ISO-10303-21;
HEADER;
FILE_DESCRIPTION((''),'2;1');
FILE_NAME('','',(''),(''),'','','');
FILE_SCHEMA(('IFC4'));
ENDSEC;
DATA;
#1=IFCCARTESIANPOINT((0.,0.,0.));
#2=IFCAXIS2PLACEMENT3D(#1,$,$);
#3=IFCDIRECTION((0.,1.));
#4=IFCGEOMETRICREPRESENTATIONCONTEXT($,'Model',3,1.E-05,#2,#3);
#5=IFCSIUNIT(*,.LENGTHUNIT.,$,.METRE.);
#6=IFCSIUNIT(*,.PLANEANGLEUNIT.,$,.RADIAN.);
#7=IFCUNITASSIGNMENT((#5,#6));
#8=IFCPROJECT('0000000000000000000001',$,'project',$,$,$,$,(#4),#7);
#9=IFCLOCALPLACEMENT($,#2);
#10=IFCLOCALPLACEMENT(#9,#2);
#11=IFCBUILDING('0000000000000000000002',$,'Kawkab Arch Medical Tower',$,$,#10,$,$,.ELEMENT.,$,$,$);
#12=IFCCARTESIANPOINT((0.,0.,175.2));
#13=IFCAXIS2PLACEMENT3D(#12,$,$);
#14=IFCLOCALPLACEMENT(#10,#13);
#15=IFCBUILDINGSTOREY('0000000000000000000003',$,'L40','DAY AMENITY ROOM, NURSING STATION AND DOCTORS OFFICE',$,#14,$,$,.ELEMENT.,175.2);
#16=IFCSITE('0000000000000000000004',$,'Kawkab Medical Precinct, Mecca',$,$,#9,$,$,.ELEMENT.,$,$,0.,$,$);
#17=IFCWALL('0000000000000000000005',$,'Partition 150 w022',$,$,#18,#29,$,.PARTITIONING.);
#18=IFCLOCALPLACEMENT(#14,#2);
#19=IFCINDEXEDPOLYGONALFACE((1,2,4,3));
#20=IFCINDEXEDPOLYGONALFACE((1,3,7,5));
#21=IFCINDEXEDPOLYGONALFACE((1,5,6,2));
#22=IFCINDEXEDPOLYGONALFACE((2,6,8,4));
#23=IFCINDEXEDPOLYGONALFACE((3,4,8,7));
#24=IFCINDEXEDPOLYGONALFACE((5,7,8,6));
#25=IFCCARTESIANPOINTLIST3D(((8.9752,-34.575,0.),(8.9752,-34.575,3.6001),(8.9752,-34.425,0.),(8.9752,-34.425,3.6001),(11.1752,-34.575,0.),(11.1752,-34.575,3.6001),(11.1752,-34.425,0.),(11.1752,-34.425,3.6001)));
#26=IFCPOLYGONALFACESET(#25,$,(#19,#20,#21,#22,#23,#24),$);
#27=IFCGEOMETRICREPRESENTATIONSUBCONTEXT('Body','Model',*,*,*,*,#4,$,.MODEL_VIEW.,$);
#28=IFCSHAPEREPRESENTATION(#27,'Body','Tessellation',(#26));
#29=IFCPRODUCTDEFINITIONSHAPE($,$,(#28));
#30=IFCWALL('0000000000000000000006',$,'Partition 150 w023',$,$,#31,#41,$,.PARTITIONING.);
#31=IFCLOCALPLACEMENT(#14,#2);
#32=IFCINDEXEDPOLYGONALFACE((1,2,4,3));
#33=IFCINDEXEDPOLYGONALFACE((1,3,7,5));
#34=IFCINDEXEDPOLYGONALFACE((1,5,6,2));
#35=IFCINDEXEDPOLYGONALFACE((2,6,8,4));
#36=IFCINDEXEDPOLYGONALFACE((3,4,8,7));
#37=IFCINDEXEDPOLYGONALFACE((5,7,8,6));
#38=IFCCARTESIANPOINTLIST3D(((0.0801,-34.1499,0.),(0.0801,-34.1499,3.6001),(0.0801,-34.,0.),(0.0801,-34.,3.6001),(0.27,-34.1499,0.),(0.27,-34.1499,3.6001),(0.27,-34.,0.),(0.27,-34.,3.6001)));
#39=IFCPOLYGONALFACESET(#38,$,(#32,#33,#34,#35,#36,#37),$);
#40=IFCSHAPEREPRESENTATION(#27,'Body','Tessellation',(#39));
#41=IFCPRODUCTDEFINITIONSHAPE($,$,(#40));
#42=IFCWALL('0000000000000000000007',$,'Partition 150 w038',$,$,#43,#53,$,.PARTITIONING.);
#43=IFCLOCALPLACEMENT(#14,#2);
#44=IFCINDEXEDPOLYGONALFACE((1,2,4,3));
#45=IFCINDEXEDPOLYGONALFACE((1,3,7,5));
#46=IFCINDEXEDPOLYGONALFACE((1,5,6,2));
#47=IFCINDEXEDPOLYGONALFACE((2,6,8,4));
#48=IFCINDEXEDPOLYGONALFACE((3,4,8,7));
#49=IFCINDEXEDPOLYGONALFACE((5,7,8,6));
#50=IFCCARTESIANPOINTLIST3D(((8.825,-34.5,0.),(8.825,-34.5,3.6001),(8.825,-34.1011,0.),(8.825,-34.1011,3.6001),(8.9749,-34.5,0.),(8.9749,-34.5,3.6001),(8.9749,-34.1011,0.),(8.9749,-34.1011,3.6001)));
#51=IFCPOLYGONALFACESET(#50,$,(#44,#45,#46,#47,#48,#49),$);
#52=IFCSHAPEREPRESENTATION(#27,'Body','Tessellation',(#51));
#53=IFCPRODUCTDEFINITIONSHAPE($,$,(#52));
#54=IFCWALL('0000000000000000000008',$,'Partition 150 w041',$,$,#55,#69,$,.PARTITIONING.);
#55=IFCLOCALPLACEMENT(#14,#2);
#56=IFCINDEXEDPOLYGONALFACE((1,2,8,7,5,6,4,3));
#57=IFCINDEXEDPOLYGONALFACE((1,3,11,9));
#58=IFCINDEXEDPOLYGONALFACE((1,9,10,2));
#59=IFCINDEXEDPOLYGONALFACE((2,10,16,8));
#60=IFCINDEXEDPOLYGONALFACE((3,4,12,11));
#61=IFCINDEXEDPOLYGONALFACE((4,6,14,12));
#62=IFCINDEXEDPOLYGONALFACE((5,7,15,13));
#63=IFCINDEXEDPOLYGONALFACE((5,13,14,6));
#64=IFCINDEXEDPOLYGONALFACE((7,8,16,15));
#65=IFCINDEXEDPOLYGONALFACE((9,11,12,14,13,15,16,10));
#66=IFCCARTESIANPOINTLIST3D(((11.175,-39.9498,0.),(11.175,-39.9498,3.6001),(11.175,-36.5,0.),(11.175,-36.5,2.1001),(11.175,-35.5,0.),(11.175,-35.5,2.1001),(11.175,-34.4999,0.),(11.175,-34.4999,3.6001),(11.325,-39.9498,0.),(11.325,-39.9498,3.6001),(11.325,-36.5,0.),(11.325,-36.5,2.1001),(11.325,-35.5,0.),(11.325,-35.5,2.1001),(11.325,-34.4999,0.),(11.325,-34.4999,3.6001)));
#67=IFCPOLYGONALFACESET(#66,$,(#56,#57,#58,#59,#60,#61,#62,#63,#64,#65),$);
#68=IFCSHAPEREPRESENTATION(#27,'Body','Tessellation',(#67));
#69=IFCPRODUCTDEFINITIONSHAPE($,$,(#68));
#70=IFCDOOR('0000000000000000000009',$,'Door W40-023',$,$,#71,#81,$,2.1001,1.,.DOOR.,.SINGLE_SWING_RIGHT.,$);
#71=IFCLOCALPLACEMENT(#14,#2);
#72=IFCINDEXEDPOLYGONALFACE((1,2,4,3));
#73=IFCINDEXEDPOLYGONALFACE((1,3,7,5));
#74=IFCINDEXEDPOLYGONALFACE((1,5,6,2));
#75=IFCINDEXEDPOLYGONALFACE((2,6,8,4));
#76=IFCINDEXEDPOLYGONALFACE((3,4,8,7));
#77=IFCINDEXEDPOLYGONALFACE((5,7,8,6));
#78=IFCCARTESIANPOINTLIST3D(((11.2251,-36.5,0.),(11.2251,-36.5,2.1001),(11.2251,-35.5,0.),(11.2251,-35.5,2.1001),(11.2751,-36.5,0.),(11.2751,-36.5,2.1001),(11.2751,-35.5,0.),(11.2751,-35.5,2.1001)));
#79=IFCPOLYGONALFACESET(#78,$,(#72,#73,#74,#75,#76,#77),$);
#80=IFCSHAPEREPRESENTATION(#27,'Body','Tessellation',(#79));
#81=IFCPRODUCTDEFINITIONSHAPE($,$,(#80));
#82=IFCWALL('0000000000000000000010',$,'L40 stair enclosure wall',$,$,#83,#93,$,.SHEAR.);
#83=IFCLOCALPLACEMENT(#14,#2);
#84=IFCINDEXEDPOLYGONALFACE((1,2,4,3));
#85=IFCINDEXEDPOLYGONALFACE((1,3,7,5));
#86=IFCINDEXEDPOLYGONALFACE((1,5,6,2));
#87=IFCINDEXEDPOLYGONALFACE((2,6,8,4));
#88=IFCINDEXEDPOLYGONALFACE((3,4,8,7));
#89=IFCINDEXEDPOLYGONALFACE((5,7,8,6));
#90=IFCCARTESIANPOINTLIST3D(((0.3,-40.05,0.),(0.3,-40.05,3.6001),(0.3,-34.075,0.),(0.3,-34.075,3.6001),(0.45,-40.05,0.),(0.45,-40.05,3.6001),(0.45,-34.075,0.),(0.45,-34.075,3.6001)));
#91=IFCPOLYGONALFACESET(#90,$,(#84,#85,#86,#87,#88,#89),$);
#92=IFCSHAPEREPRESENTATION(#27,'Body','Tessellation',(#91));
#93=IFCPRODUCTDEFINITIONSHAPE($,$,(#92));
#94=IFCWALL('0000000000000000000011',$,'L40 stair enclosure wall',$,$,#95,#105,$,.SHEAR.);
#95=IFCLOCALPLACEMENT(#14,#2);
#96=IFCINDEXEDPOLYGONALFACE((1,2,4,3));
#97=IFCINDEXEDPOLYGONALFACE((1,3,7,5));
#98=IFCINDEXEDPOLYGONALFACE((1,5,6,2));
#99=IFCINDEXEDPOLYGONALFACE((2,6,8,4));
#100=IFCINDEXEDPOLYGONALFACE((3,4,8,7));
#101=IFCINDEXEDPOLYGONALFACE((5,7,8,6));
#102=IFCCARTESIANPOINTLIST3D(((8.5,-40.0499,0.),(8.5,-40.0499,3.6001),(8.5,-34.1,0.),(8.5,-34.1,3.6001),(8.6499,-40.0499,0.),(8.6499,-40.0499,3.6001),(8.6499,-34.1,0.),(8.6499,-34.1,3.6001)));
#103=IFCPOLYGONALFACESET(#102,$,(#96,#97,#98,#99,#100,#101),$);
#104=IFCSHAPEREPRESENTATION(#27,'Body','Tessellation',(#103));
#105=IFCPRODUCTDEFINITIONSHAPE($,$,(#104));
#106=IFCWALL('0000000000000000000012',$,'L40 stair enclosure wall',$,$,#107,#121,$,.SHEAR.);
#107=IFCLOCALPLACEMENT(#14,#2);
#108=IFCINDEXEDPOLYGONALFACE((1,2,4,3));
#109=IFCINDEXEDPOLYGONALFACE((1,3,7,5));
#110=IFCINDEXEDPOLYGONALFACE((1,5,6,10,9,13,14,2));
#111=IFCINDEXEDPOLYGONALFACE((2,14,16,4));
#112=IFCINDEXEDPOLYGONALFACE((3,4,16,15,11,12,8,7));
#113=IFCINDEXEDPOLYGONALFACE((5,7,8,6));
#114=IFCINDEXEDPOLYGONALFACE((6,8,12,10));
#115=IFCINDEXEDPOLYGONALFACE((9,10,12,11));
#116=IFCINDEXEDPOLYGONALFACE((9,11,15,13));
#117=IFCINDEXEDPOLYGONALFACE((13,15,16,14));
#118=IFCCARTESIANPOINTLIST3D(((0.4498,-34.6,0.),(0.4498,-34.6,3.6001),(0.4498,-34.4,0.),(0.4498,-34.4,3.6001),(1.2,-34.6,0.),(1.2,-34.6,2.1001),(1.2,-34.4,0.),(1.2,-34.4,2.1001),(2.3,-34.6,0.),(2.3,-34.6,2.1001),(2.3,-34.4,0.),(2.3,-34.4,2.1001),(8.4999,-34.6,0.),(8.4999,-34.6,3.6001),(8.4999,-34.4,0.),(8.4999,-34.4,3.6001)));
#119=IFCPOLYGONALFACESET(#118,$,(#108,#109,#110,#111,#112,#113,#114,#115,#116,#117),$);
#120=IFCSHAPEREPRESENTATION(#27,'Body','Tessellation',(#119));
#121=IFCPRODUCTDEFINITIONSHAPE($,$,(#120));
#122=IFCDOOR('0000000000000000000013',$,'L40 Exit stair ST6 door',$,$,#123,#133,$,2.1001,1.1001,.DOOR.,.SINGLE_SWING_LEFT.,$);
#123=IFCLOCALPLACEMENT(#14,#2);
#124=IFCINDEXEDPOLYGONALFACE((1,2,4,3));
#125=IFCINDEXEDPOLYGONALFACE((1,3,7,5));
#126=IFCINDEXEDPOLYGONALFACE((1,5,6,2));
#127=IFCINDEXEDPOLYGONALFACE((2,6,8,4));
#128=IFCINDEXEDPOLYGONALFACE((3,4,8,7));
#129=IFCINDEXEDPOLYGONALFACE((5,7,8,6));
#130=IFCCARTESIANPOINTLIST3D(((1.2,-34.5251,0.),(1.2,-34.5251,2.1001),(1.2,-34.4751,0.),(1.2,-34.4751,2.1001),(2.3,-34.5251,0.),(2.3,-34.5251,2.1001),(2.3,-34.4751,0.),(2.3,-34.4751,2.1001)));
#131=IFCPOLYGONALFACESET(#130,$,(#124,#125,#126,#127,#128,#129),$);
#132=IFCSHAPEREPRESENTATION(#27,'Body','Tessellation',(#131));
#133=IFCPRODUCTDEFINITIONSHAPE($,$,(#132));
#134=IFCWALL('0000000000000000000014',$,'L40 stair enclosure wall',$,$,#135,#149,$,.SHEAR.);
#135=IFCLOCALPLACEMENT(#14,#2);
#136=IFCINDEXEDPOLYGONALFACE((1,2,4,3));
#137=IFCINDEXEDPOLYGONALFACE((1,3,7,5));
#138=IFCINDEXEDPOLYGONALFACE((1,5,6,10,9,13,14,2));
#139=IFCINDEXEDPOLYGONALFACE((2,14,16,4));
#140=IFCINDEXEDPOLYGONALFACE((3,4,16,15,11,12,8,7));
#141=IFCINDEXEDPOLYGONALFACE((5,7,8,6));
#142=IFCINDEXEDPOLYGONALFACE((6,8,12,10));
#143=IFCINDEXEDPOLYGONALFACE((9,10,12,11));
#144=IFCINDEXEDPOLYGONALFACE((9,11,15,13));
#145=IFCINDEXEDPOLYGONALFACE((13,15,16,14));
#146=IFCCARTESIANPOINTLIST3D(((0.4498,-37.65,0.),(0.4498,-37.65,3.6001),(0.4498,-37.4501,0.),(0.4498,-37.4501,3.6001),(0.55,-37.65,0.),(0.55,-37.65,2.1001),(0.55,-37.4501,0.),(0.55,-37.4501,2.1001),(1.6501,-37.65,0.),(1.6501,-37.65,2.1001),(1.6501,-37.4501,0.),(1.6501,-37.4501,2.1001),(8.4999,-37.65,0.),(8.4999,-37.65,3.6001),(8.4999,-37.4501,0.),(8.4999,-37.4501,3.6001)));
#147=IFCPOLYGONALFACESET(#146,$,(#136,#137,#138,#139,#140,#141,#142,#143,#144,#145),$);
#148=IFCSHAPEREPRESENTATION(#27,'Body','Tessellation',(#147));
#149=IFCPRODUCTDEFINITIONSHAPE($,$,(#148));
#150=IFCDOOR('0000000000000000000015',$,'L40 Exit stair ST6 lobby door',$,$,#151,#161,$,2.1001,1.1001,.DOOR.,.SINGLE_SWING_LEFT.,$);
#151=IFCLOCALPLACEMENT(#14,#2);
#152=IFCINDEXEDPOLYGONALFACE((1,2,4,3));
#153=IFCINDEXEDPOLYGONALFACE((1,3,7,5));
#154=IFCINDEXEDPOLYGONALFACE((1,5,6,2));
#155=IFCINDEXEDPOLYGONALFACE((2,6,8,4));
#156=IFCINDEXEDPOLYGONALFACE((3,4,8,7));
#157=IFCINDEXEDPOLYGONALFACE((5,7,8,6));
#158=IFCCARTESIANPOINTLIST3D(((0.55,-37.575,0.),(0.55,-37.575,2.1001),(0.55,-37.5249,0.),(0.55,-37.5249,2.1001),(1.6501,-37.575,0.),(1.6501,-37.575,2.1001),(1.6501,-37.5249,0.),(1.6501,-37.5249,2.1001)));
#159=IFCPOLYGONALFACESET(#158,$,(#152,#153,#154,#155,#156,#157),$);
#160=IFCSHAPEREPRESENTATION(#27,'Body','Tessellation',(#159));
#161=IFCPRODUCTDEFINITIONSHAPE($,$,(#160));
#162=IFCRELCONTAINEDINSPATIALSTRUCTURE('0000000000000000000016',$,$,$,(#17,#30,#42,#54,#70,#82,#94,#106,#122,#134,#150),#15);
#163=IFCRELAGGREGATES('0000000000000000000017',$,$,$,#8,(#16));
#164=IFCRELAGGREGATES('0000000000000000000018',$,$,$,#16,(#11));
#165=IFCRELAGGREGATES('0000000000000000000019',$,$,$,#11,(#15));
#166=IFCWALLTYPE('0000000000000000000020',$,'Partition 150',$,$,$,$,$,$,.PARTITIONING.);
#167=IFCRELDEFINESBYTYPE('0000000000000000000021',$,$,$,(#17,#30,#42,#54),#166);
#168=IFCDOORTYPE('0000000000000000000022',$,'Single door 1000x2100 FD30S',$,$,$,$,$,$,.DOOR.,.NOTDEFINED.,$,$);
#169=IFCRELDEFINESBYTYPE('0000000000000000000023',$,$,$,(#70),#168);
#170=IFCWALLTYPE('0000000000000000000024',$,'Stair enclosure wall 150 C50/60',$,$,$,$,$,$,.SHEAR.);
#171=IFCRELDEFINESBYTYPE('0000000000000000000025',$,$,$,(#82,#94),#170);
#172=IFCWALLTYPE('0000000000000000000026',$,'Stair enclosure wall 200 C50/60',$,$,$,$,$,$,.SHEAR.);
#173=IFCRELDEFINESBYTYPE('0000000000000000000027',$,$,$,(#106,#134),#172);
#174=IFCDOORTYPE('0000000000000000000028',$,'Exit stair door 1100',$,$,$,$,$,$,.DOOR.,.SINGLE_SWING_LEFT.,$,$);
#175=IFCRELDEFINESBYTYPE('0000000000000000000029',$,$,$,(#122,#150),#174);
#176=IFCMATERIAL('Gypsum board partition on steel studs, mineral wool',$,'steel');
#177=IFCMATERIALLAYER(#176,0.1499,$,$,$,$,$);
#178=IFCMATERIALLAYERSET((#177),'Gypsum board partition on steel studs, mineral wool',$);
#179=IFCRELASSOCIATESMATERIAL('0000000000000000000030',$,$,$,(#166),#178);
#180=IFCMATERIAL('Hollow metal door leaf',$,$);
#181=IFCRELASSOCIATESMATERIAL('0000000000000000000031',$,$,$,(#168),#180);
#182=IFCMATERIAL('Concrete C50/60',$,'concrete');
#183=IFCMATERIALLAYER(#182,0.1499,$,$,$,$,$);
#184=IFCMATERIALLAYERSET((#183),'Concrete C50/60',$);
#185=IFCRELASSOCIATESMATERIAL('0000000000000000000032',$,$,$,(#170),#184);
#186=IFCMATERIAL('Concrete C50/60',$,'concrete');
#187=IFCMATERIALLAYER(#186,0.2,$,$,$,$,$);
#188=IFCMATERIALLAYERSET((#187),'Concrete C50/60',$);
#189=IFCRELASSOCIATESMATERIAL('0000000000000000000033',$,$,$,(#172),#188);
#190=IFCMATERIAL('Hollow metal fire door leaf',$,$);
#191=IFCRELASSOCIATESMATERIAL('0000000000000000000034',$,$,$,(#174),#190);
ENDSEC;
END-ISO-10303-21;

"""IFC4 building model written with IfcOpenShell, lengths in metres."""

from ifc_helpers import new_model, si_unit, direction, frame, frame_2d, origin, place, context, subcontext, project, spatial, rectangle, extrude, material, layer, layer_set, type_object, element, fill, save


model = new_model("IFC4")

# Units and contexts
model_context = context("Model", 3, precision=1e-05, world=origin(), true_north=direction((0.0, 1.0)))
body_context = subcontext(model_context, "Body", "Model", "MODEL_VIEW")
ifc_project = project(units=[si_unit("LENGTHUNIT", "METRE"), si_unit("PLANEANGLEUNIT", "RADIAN")], contexts=[model_context])

# Site, building, storey
site_placement = place(None, origin())
site = spatial("IfcSite", under=ifc_project, at=site_placement, Name="Kawkab Medical Precinct, Mecca", CompositionType="ELEMENT", RefElevation=0.0)
building_placement = place(site_placement, origin())
building = spatial("IfcBuilding", under=site, at=building_placement, Name="Kawkab Arch Medical Tower", CompositionType="ELEMENT")
storey_placement = place(building_placement, frame((0.0, 0.0, 175.2)))
storey = spatial("IfcBuildingStorey", under=building, at=storey_placement, Name="L40", Description="DAY AMENITY ROOM, NURSING STATION AND DOCTORS OFFICE", CompositionType="ELEMENT", Elevation=175.2)

# Shared definitions
ifc_material_1 = material(Name="Gypsum board partition on steel studs, mineral wool", Category="steel")
ifc_layer_1 = layer(ifc_material_1, 0.1499)
ifc_layer_set_1 = layer_set([ifc_layer_1], Name="Gypsum board partition on steel studs, mineral wool")
wall_type_1 = type_object("IfcWallType", Name="Partition 150", PredefinedType="PARTITIONING", material=ifc_layer_set_1)
ifc_material_2 = material(Name="Hollow metal door leaf")
door_type_1 = type_object("IfcDoorType", Name="Single door 1000x2100 FD30S", OperationType="NOTDEFINED", PredefinedType="DOOR", material=ifc_material_2)

# Walls
wall_1_placement = place(storey_placement, frame((8.9751, -34.5, 0.0), z_axis=(0.0, 0.0, 1.0), x_axis=(1.0, 0.0, 0.0)))
element("IfcWall", 1, at=wall_1_placement, inside=storey, type_object=wall_type_1, Name="Partition 150 w022", PredefinedType="PARTITIONING", context=body_context, shape_type="SweptSolid", body=[
    extrude(rectangle(XDim=2.2, YDim=0.1499, at=frame_2d((1.1001, 0.0))), origin(), (0.0, 0.0, 1.0), 3.6001),
])
wall_2_placement = place(storey_placement, frame((0.0801, -34.075, 0.0), z_axis=(0.0, 0.0, 1.0), x_axis=(1.0, 0.0, 0.0)))
element("IfcWall", 2, at=wall_2_placement, inside=storey, type_object=wall_type_1, Name="Partition 150 w023", PredefinedType="PARTITIONING", context=body_context, shape_type="SweptSolid", body=[
    extrude(rectangle(XDim=0.1899, YDim=0.1499, at=frame_2d((0.095, 0.0))), origin(), (0.0, 0.0, 1.0), 3.6001),
])
wall_3_placement = place(storey_placement, frame((8.8999, -34.5, 0.0), z_axis=(0.0, 0.0, 1.0), x_axis=(0.0, 1.0, 0.0)))
element("IfcWall", 3, at=wall_3_placement, inside=storey, type_object=wall_type_1, Name="Partition 150 w038", PredefinedType="PARTITIONING", context=body_context, shape_type="SweptSolid", body=[
    extrude(rectangle(XDim=0.3989, YDim=0.1499, at=frame_2d((0.1995, 0.0))), origin(), (0.0, 0.0, 1.0), 3.6001),
])

# Wall, opening, door
wall_4_placement = place(storey_placement, frame((11.25, -39.95, 0.0), z_axis=(0.0, 0.0, 1.0), x_axis=(0.0, 1.0, 0.0)))
wall_4 = element("IfcWall", 4, at=wall_4_placement, inside=storey, type_object=wall_type_1, Name="Partition 150 w041", PredefinedType="PARTITIONING", context=body_context, shape_type="SweptSolid", body=[
    extrude(rectangle(XDim=5.45, YDim=0.1499, at=frame_2d((2.7251, 0.0))), origin(), (0.0, 0.0, 1.0), 3.6001),
])
opening_1_placement = place(wall_4_placement, frame((3.45, 0.0, 0.0)))
opening_1 = element("IfcOpeningElement", 5, at=opening_1_placement, cuts=wall_4, PredefinedType="OPENING", context=body_context, shape_type="SweptSolid", body=[
    extrude(rectangle(XDim=1.0, YDim=2.1001, at=frame_2d((0.5, 1.05))), frame((0.0, 0.085, 0.0), z_axis=(0.0, -1.0, 0.0), x_axis=(1.0, 0.0, 0.0)), (0.0, 0.0, 1.0), 0.1699),
])
door_1_placement = place(opening_1_placement, origin())
door_1 = element("IfcDoor", 6, at=door_1_placement, inside=storey, type_object=door_type_1, Name="Door W40-023", OperationType="SINGLE_SWING_RIGHT", OverallHeight=2.1001, OverallWidth=1.0, PredefinedType="DOOR", context=body_context, shape_type="SweptSolid", body=[
    extrude(rectangle(XDim=1.0, YDim=2.1001, at=frame_2d((0.5, 1.05))), frame((0.0, 0.0249, 0.0), z_axis=(0.0, -1.0, 0.0), x_axis=(1.0, 0.0, 0.0)), (0.0, 0.0, 1.0), 0.05),
])
fill(opening_1, door_1)

# Walls
ifc_material_3 = material(Name="Concrete C50/60", Category="concrete")
ifc_layer_2 = layer(ifc_material_3, 0.1499)
ifc_layer_set_2 = layer_set([ifc_layer_2], Name="Concrete C50/60")
wall_type_2 = type_object("IfcWallType", Name="Stair enclosure wall 150 C50/60", PredefinedType="SHEAR", material=ifc_layer_set_2)
wall_5_placement = place(storey_placement, frame((0.375, -40.05, 0.0), z_axis=(0.0, 0.0, 1.0), x_axis=(0.0, 1.0, 0.0)))
element("IfcWall", 7, at=wall_5_placement, inside=storey, type_object=wall_type_2, Name="L40 stair enclosure wall", PredefinedType="SHEAR", context=body_context, shape_type="SweptSolid", body=[
    extrude(rectangle(XDim=5.9751, YDim=0.1499, at=frame_2d((2.9875, 0.0))), origin(), (0.0, 0.0, 1.0), 3.6001),
])
wall_6_placement = place(storey_placement, frame((8.575, -40.05, 0.0), z_axis=(0.0, 0.0, 1.0), x_axis=(0.0, 1.0, 0.0)))
element("IfcWall", 8, at=wall_6_placement, inside=storey, type_object=wall_type_2, Name="L40 stair enclosure wall", PredefinedType="SHEAR", context=body_context, shape_type="SweptSolid", body=[
    extrude(rectangle(XDim=5.95, YDim=0.1499, at=frame_2d((2.9751, 0.0))), origin(), (0.0, 0.0, 1.0), 3.6001),
])

# Walls, openings, doors
ifc_material_4 = material(Name="Concrete C50/60", Category="concrete")
ifc_layer_3 = layer(ifc_material_4, 0.2)
ifc_layer_set_3 = layer_set([ifc_layer_3], Name="Concrete C50/60")
wall_type_3 = type_object("IfcWallType", Name="Stair enclosure wall 200 C50/60", PredefinedType="SHEAR", material=ifc_layer_set_3)
wall_7_placement = place(storey_placement, frame((0.45, -34.5, 0.0), z_axis=(0.0, 0.0, 1.0), x_axis=(1.0, 0.0, 0.0)))
wall_7 = element("IfcWall", 9, at=wall_7_placement, inside=storey, type_object=wall_type_3, Name="L40 stair enclosure wall", PredefinedType="SHEAR", context=body_context, shape_type="SweptSolid", body=[
    extrude(rectangle(XDim=8.05, YDim=0.2, at=frame_2d((4.0249, 0.0))), origin(), (0.0, 0.0, 1.0), 3.6001),
])
opening_2_placement = place(wall_7_placement, frame((0.75, 0.0, 0.0)))
opening_2 = element("IfcOpeningElement", 10, at=opening_2_placement, cuts=wall_7, PredefinedType="OPENING", context=body_context, shape_type="SweptSolid", body=[
    extrude(rectangle(XDim=1.1001, YDim=2.1001, at=frame_2d((0.55, 1.05))), frame((0.0, 0.1099, 0.0), z_axis=(0.0, -1.0, 0.0), x_axis=(1.0, 0.0, 0.0)), (0.0, 0.0, 1.0), 0.22),
])
ifc_material_5 = material(Name="Hollow metal fire door leaf")
door_type_2 = type_object("IfcDoorType", Name="Exit stair door 1100", OperationType="SINGLE_SWING_LEFT", PredefinedType="DOOR", material=ifc_material_5)
door_2_placement = place(opening_2_placement, origin())
door_2 = element("IfcDoor", 11, at=door_2_placement, inside=storey, type_object=door_type_2, Name="L40 Exit stair ST6 door", OperationType="SINGLE_SWING_LEFT", OverallHeight=2.1001, OverallWidth=1.1001, PredefinedType="DOOR", context=body_context, shape_type="SweptSolid", body=[
    extrude(rectangle(XDim=1.1001, YDim=2.1001, at=frame_2d((0.55, 1.05))), frame((0.0, 0.0249, 0.0), z_axis=(0.0, -1.0, 0.0), x_axis=(1.0, 0.0, 0.0)), (0.0, 0.0, 1.0), 0.05),
])
fill(opening_2, door_2)
wall_8_placement = place(storey_placement, frame((0.45, -37.55, 0.0), z_axis=(0.0, 0.0, 1.0), x_axis=(1.0, 0.0, 0.0)))
wall_8 = element("IfcWall", 12, at=wall_8_placement, inside=storey, type_object=wall_type_3, Name="L40 stair enclosure wall", PredefinedType="SHEAR", context=body_context, shape_type="SweptSolid", body=[
    extrude(rectangle(XDim=8.05, YDim=0.2, at=frame_2d((4.0249, 0.0))), origin(), (0.0, 0.0, 1.0), 3.6001),
])
opening_3_placement = place(wall_8_placement, frame((0.1001, 0.0, 0.0)))
opening_3 = element("IfcOpeningElement", 13, at=opening_3_placement, cuts=wall_8, PredefinedType="OPENING", context=body_context, shape_type="SweptSolid", body=[
    extrude(rectangle(XDim=1.1001, YDim=2.1001, at=frame_2d((0.55, 1.05))), frame((0.0, 0.1099, 0.0), z_axis=(0.0, -1.0, 0.0), x_axis=(1.0, 0.0, 0.0)), (0.0, 0.0, 1.0), 0.22),
])
door_3_placement = place(opening_3_placement, frame((1.1001, 0.0, 0.0), z_axis=(0.0, 0.0, 1.0), x_axis=(-1.0, 0.0, 0.0)))
door_3 = element("IfcDoor", 14, at=door_3_placement, inside=storey, type_object=door_type_2, Name="L40 Exit stair ST6 lobby door", OperationType="SINGLE_SWING_LEFT", OverallHeight=2.1001, OverallWidth=1.1001, PredefinedType="DOOR", context=body_context, shape_type="SweptSolid", body=[
    extrude(rectangle(XDim=1.1001, YDim=2.1001, at=frame_2d((0.55, 1.05))), frame((0.0, 0.0249, 0.0), z_axis=(0.0, -1.0, 0.0), x_axis=(1.0, 0.0, 0.0)), (0.0, 0.0, 1.0), 0.05),
])
fill(opening_3, door_3)

save(model, "model.ifc")
